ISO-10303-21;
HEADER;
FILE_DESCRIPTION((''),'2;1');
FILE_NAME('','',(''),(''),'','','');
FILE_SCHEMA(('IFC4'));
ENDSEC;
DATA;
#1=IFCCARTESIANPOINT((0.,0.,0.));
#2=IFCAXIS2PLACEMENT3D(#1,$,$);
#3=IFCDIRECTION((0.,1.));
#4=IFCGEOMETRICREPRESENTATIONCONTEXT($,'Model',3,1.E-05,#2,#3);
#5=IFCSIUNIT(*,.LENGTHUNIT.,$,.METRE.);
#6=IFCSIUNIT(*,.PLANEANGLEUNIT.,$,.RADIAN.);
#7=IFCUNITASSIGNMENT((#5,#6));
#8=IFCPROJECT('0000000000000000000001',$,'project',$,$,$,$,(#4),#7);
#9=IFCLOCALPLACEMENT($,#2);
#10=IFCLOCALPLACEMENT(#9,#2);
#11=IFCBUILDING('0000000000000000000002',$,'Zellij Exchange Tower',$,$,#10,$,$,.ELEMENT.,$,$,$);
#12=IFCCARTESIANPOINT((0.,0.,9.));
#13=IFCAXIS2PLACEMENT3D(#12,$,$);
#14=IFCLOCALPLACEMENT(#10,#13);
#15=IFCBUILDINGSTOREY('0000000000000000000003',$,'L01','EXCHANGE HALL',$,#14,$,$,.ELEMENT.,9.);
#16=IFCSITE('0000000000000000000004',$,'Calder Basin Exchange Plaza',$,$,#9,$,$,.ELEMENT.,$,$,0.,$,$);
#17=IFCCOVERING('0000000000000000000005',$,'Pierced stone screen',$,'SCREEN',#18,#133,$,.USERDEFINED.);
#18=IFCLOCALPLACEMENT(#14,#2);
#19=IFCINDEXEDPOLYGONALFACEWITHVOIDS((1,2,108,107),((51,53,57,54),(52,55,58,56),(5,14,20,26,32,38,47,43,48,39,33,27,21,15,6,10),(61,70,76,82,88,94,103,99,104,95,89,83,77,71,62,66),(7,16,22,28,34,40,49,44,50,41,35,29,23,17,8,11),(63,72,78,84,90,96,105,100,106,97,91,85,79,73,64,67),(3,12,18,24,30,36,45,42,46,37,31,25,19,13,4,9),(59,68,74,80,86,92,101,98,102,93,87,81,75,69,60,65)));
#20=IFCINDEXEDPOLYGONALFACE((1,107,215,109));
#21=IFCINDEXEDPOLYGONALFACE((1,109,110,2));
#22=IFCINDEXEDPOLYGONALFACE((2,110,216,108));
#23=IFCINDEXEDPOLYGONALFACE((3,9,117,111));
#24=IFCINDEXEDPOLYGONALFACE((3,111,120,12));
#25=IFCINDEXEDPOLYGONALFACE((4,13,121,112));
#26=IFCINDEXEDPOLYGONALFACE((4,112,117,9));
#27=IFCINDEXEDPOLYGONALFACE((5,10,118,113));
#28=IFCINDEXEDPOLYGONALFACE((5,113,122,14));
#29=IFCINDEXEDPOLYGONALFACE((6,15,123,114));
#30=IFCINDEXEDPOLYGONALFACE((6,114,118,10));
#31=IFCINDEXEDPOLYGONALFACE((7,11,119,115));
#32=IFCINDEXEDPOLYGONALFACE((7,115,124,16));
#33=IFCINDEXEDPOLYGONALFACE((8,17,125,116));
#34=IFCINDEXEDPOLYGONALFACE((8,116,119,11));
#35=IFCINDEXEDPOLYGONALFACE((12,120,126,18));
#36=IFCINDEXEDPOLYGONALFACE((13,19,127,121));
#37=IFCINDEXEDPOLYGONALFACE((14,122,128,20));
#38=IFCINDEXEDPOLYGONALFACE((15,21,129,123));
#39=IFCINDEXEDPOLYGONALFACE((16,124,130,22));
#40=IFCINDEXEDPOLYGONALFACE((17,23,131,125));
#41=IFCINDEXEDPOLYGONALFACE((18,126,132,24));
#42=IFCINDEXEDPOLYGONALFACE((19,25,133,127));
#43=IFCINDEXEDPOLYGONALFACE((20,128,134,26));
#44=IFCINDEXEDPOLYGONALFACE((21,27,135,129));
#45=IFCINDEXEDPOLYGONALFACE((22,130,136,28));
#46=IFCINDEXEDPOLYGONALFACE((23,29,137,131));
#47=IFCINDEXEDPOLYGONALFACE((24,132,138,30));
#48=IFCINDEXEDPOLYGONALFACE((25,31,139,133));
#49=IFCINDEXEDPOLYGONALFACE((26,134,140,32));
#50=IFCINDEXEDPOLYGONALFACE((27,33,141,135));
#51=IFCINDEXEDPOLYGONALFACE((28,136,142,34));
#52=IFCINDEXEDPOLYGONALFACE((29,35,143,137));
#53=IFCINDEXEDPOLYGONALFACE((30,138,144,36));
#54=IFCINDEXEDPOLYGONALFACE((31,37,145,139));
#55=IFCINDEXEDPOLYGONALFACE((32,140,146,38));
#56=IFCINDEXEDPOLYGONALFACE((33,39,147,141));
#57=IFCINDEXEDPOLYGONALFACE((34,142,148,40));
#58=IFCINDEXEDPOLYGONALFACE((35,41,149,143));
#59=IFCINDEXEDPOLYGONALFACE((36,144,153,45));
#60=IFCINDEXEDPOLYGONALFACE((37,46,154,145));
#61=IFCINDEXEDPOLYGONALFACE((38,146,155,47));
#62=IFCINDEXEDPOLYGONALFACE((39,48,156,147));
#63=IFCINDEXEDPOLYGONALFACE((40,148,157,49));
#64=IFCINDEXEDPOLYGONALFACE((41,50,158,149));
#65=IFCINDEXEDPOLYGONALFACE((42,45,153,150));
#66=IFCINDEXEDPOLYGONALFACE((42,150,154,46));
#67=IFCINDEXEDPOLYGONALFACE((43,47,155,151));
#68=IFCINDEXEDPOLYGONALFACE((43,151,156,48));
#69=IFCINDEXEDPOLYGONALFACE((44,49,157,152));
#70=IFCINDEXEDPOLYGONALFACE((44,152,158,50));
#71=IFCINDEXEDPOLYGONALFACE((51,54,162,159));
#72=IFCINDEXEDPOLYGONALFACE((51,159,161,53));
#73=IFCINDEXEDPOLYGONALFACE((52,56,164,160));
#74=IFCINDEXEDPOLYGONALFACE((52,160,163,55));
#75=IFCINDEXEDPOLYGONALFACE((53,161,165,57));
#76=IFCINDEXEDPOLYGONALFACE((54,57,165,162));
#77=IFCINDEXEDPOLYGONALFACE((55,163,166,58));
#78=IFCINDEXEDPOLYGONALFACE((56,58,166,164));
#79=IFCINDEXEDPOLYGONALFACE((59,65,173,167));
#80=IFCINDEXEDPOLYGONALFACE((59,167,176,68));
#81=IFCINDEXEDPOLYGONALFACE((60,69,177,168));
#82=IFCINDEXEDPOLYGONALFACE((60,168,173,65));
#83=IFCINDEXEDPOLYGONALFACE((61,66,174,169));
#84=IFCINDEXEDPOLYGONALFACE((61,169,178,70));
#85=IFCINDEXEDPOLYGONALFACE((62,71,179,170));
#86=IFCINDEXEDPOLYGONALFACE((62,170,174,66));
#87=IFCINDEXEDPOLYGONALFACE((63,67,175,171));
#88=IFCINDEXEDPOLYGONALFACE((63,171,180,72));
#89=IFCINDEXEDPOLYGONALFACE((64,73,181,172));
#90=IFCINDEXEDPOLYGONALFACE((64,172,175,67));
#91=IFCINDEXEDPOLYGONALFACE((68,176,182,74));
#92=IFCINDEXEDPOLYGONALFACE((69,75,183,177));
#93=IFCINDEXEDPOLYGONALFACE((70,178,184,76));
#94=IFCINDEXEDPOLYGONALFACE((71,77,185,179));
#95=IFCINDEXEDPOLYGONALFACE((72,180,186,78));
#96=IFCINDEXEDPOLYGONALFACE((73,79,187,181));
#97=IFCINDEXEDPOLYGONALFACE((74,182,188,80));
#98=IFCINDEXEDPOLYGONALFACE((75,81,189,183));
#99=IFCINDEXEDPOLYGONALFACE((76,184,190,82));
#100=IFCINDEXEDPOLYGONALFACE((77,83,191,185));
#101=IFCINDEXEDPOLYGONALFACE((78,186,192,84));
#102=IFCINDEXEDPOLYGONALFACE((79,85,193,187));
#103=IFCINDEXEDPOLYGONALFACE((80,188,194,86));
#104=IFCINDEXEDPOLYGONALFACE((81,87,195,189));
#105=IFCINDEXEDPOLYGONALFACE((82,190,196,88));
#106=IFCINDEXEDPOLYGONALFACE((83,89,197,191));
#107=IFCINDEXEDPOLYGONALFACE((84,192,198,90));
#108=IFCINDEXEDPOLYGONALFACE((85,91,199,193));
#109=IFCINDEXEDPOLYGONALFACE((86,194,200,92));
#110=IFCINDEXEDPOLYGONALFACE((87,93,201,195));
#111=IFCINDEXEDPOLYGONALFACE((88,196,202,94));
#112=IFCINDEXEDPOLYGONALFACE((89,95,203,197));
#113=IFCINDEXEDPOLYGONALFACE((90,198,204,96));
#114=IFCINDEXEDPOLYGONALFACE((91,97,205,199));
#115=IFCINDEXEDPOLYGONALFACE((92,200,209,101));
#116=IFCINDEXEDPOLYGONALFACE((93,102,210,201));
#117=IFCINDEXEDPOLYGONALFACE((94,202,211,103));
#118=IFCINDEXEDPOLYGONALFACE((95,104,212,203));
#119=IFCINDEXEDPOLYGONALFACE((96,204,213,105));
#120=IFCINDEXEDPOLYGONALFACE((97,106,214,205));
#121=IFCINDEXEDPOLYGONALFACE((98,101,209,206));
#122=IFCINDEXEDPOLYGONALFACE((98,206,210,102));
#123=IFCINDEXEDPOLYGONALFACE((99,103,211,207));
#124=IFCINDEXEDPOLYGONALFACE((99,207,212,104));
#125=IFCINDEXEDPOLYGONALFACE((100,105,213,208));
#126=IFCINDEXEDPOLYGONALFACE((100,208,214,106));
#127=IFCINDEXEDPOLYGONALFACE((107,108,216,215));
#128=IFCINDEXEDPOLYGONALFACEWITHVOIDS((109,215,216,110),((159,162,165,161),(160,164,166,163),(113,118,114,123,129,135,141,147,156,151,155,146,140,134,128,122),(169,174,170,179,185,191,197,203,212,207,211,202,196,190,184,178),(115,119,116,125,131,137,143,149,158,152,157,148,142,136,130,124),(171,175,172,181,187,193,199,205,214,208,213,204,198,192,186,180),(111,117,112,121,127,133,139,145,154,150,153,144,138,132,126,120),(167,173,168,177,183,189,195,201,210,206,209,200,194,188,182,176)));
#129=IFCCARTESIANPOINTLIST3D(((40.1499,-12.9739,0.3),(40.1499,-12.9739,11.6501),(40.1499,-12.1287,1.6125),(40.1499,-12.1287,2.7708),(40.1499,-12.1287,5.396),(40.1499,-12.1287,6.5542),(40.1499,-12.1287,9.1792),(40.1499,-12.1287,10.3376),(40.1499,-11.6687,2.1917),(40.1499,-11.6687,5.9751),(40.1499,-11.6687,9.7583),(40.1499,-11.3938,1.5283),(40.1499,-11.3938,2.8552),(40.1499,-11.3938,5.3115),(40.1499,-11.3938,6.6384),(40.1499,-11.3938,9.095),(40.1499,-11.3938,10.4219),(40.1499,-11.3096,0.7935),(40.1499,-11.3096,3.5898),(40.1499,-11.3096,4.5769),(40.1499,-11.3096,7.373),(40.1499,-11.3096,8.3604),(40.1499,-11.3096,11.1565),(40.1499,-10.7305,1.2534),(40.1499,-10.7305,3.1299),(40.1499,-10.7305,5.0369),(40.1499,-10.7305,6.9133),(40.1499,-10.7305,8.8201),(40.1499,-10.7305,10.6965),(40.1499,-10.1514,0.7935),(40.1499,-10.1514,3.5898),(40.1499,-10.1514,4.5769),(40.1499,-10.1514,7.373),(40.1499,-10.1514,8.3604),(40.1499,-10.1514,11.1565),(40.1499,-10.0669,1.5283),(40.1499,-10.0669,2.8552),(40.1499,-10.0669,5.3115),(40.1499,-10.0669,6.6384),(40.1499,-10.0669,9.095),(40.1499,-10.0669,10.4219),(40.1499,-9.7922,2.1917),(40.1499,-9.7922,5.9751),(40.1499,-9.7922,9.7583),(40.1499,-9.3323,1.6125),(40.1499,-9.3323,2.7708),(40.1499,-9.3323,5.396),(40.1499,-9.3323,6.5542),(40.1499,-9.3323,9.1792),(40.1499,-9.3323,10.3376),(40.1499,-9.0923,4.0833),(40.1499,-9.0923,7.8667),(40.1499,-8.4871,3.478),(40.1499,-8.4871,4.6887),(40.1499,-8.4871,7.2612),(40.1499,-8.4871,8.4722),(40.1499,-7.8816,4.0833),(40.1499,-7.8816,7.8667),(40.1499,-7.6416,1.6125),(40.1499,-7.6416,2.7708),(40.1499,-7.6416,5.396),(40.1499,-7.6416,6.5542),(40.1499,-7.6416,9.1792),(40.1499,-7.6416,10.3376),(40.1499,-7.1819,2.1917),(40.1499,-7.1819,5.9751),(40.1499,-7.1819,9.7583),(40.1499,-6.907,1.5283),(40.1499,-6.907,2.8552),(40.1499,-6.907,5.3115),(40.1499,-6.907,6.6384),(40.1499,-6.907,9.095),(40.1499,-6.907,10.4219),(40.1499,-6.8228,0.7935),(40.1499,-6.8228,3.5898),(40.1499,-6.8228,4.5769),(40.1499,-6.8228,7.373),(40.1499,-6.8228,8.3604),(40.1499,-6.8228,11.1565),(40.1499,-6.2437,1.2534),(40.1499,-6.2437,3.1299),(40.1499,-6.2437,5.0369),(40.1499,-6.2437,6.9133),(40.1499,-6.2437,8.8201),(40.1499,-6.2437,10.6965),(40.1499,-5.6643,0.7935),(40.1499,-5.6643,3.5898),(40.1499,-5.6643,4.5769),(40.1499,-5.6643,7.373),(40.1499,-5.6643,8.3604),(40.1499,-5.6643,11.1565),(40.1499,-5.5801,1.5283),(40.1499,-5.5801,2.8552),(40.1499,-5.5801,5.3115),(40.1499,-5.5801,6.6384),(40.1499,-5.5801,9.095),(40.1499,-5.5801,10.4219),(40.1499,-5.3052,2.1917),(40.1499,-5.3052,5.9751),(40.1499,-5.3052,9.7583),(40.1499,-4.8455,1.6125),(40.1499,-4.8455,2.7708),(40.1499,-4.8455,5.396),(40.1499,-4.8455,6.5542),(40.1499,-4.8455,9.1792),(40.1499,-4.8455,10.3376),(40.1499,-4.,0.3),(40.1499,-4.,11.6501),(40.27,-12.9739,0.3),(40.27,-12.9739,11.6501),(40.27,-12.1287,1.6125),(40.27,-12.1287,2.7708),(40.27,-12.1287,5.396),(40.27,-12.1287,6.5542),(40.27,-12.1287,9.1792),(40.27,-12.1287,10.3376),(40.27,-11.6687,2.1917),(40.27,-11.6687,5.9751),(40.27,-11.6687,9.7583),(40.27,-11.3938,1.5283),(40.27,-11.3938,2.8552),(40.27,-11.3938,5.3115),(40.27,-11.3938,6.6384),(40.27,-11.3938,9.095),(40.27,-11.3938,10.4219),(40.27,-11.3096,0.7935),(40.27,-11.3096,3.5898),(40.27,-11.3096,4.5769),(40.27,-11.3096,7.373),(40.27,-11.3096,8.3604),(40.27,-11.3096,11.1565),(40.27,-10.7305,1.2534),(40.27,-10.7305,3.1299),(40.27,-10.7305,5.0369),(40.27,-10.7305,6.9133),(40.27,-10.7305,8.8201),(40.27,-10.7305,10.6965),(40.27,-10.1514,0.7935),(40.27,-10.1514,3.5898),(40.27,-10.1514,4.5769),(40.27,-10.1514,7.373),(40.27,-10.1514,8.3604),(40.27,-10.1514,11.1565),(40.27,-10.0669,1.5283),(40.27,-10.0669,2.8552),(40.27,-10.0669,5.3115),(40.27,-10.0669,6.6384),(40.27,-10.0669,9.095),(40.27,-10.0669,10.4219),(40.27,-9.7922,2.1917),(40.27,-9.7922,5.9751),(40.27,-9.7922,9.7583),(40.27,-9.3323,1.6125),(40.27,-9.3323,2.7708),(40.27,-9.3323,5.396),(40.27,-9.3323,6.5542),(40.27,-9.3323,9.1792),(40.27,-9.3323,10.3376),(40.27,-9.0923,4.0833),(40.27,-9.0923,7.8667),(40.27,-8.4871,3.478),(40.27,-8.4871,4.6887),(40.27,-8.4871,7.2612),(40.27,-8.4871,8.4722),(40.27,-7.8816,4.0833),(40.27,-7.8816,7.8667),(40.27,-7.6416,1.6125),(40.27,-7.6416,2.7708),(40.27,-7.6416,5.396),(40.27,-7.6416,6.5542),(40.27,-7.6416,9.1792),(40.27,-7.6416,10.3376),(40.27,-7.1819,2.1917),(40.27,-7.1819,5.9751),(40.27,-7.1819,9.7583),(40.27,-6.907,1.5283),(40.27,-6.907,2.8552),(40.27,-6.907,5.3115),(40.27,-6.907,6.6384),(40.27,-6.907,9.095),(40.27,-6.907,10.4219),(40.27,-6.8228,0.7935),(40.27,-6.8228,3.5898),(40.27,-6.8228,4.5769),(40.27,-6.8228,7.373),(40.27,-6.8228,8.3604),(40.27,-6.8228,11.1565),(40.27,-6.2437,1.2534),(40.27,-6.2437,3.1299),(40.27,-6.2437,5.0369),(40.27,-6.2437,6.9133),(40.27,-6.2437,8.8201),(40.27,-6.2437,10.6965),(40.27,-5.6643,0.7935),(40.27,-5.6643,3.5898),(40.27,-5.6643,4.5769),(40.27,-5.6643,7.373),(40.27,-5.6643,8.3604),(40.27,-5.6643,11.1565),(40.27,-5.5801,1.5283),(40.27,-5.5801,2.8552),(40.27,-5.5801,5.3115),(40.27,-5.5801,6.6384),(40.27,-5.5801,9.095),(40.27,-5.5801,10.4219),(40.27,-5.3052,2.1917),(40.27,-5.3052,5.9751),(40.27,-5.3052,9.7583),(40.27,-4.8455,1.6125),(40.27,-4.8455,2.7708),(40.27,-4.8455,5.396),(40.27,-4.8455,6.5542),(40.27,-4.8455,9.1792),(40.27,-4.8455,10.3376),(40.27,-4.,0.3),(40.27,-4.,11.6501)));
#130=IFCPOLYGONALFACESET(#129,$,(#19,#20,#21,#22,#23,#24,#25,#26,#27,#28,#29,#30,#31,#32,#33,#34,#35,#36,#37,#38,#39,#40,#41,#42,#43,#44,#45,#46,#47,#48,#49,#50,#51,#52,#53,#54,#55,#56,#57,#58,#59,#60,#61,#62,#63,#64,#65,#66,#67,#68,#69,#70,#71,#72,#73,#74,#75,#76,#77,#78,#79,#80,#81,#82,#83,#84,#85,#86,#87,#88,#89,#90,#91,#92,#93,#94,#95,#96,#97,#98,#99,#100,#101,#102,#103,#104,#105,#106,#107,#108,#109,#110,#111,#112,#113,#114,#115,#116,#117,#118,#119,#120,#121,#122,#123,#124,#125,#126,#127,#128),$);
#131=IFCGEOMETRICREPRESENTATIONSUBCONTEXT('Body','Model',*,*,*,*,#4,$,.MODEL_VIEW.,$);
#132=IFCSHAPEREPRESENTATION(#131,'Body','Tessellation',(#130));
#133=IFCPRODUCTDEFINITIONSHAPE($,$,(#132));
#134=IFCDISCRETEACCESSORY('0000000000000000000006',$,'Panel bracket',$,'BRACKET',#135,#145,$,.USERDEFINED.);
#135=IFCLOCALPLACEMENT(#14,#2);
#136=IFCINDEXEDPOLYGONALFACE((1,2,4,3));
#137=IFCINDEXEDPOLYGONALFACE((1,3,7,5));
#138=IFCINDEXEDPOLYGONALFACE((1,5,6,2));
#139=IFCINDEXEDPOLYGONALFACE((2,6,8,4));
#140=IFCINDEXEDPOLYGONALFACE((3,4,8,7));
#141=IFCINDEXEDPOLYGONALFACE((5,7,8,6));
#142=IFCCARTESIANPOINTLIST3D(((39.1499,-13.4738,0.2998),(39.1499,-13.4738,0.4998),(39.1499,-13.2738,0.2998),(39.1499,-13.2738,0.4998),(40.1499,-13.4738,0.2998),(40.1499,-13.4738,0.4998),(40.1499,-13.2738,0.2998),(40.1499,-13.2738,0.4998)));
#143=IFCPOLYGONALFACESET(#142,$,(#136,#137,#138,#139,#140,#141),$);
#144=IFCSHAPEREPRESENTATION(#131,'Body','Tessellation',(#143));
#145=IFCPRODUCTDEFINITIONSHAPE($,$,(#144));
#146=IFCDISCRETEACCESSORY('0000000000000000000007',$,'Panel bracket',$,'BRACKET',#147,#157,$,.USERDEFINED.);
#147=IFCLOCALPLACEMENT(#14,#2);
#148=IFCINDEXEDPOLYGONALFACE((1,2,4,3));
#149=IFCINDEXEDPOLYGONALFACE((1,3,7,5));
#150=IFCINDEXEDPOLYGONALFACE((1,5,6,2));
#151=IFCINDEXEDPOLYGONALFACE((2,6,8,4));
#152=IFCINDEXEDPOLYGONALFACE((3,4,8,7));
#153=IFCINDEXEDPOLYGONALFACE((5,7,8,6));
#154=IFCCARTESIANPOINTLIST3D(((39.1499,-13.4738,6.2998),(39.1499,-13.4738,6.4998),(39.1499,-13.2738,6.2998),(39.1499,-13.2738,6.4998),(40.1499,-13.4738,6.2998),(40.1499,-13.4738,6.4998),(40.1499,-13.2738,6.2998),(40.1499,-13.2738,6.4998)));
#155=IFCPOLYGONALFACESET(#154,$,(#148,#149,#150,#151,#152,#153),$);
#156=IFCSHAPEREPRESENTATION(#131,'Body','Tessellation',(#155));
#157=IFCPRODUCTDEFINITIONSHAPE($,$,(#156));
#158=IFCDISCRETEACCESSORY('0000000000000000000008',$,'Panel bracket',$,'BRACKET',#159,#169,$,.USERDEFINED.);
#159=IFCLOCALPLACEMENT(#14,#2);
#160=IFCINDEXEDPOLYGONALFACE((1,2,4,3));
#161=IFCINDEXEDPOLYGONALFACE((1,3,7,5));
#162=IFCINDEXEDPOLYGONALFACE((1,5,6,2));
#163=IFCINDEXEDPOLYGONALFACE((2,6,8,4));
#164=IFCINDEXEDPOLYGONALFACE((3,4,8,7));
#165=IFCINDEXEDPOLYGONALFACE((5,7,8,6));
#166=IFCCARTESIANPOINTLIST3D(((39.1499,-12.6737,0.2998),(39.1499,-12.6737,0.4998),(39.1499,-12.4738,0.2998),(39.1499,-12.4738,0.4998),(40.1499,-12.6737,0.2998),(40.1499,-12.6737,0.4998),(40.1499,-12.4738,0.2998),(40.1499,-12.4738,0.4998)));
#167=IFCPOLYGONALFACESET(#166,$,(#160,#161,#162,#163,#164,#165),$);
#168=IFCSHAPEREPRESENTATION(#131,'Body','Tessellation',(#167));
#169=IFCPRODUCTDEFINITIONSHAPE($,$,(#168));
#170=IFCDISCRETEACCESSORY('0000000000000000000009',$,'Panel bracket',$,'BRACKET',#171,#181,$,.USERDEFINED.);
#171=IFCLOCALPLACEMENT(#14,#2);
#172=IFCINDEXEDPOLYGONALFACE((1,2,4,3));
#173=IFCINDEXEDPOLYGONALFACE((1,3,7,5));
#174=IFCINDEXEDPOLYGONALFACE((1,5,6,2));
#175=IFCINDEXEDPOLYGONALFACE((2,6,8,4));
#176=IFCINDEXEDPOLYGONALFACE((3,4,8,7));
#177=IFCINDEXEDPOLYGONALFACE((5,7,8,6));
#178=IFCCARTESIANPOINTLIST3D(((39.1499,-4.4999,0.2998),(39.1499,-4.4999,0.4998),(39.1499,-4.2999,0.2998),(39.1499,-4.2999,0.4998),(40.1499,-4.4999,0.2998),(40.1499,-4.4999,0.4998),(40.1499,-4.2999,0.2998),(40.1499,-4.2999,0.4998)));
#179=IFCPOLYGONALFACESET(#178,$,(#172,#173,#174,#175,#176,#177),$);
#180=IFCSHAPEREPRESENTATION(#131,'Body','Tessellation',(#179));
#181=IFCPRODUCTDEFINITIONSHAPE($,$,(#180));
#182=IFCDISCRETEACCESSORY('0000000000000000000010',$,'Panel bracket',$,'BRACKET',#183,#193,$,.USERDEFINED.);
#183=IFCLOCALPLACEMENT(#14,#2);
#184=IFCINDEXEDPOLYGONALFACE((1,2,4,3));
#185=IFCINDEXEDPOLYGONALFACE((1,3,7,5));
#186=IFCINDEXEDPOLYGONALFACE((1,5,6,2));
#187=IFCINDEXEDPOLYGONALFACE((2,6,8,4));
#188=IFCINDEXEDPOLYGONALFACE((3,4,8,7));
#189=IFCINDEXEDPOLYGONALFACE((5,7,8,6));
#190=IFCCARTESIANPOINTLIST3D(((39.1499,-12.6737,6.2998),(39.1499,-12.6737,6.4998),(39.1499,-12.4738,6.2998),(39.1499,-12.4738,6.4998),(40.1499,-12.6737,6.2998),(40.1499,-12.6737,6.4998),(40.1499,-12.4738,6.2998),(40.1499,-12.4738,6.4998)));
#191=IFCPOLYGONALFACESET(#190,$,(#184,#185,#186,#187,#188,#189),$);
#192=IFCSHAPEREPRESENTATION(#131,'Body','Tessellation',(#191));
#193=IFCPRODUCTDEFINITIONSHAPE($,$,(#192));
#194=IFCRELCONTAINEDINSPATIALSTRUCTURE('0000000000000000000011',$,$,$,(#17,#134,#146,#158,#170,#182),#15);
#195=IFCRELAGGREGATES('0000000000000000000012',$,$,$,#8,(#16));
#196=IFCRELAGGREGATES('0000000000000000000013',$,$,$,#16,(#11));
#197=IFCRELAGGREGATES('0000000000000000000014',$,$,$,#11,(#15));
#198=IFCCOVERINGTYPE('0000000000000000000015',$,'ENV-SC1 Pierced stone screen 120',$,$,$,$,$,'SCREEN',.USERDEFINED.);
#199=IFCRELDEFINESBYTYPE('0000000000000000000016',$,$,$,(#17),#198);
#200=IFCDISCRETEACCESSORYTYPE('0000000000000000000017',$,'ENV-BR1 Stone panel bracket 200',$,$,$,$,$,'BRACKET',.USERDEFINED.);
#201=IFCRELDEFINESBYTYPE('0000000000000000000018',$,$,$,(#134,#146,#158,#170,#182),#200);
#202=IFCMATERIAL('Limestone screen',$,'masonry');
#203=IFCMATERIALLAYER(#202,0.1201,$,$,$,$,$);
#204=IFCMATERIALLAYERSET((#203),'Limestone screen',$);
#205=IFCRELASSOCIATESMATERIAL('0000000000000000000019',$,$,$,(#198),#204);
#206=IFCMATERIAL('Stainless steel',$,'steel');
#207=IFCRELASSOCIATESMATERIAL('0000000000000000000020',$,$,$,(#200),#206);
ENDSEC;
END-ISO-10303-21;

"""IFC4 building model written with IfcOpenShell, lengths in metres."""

from ifc_helpers import new_model, si_unit, direction, frame, origin, origin_2d, place, context, subcontext, project, spatial, polyline, rectangle, outline, extrude, material, layer, layer_set, type_object, element, save


model = new_model("IFC4")

# Units and contexts
model_context = context("Model", 3, precision=1e-05, world=origin(), true_north=direction((0.0, 1.0)))
body_context = subcontext(model_context, "Body", "Model", "MODEL_VIEW")
ifc_project = project(units=[si_unit("LENGTHUNIT", "METRE"), si_unit("PLANEANGLEUNIT", "RADIAN")], contexts=[model_context])

# Site, building, storey
site_placement = place(None, origin())
site = spatial("IfcSite", under=ifc_project, at=site_placement, Name="Calder Basin Exchange Plaza", CompositionType="ELEMENT", RefElevation=0.0)
building_placement = place(site_placement, origin())
building = spatial("IfcBuilding", under=site, at=building_placement, Name="Zellij Exchange Tower", CompositionType="ELEMENT")
storey_placement = place(building_placement, frame((0.0, 0.0, 9.0)))
storey = spatial("IfcBuildingStorey", under=building, at=storey_placement, Name="L01", Description="EXCHANGE HALL", CompositionType="ELEMENT", Elevation=9.0)

# Shared definitions
ifc_material_1 = material(Name="Stainless steel", Category="steel")

# Covering
ifc_material_2 = material(Name="Limestone screen", Category="masonry")
ifc_layer_1 = layer(ifc_material_2, 0.1201)
ifc_layer_set_1 = layer_set([ifc_layer_1], Name="Limestone screen")
covering_type = type_object("IfcCoveringType", Name="ENV-SC1 Pierced stone screen 120", ElementType="SCREEN", PredefinedType="USERDEFINED", material=ifc_layer_set_1)
covering_placement = place(storey_placement, frame((40.21, -12.9739, 0.3), z_axis=(0.0, 0.0, 1.0), x_axis=(0.0, 1.0, 0.0)))
element("IfcCovering", 1, at=covering_placement, inside=storey, type_object=covering_type, Name="Pierced stone screen", ObjectType="SCREEN", PredefinedType="USERDEFINED", context=body_context, shape_type="SweptSolid", body=[
    extrude(outline(polyline([(0.0, 0.0), (8.9739, 0.0), (8.9739, 11.3501), (0.0, 11.3501), (0.0, 0.0)]), holes=[polyline([(3.6416, 2.4707), (2.907, 2.5552), (2.8225, 3.2898), (2.2434, 2.8298), (1.6643, 3.2898), (1.5801, 2.5552), (0.8452, 2.4707), (1.3052, 1.8916), (0.8452, 1.3125), (1.5801, 1.2283), (1.6643, 0.4934), (2.2434, 0.9534), (2.8225, 0.4934), (2.907, 1.2283), (3.6416, 1.3125), (3.1816, 1.8916), (3.6416, 2.4707)]), polyline([(3.6416, 6.2542), (2.907, 6.3384), (2.8225, 7.073), (2.2434, 6.6133), (1.6643, 7.073), (1.5801, 6.3384), (0.8452, 6.2542), (1.3052, 5.675), (0.8452, 5.0959), (1.5801, 5.0115), (1.6643, 4.2769), (2.2434, 4.7368), (2.8225, 4.2769), (2.907, 5.0115), (3.6416, 5.0959), (3.1816, 5.675), (3.6416, 6.2542)]), polyline([(3.6416, 10.0376), (2.907, 10.1218), (2.8225, 10.8564), (2.2434, 10.3965), (1.6643, 10.8564), (1.5801, 10.1218), (0.8452, 10.0376), (1.3052, 9.4583), (0.8452, 8.8792), (1.5801, 8.7949), (1.6643, 8.0603), (2.2434, 8.52), (2.8225, 8.0603), (2.907, 8.7949), (3.6416, 8.8792), (3.1816, 9.4583), (3.6416, 10.0376)]), polyline([(8.1284, 2.4707), (7.3938, 2.5552), (7.3096, 3.2898), (6.7302, 2.8298), (6.1511, 3.2898), (6.0669, 2.5552), (5.3323, 2.4707), (5.792, 1.8916), (5.3323, 1.3125), (6.0669, 1.2283), (6.1511, 0.4934), (6.7302, 0.9534), (7.3096, 0.4934), (7.3938, 1.2283), (8.1284, 1.3125), (7.6687, 1.8916), (8.1284, 2.4707)]), polyline([(8.1284, 6.2542), (7.3938, 6.3384), (7.3096, 7.073), (6.7302, 6.6133), (6.1511, 7.073), (6.0669, 6.3384), (5.3323, 6.2542), (5.792, 5.675), (5.3323, 5.0959), (6.0669, 5.0115), (6.1511, 4.2769), (6.7302, 4.7368), (7.3096, 4.2769), (7.3938, 5.0115), (8.1284, 5.0959), (7.6687, 5.675), (8.1284, 6.2542)]), polyline([(8.1284, 10.0376), (7.3938, 10.1218), (7.3096, 10.8564), (6.7302, 10.3965), (6.1511, 10.8564), (6.0669, 10.1218), (5.3323, 10.0376), (5.792, 9.4583), (5.3323, 8.8792), (6.0669, 8.7949), (6.1511, 8.0603), (6.7302, 8.52), (7.3096, 8.0603), (7.3938, 8.7949), (8.1284, 8.8792), (7.6687, 9.4583), (8.1284, 10.0376)]), polyline([(5.0923, 3.7832), (4.4868, 4.3887), (3.8816, 3.7832), (4.4868, 3.178), (5.0923, 3.7832)]), polyline([(5.0923, 7.5667), (4.4868, 8.1721), (3.8816, 7.5667), (4.4868, 6.9612), (5.0923, 7.5667)])]), frame((0.0, 0.0601, 0.0), z_axis=(0.0, -1.0, 0.0), x_axis=(1.0, 0.0, 0.0)), (0.0, 0.0, 1.0), 0.1201),
])

# Discrete accessories
discrete_accessory_type = type_object("IfcDiscreteAccessoryType", Name="ENV-BR1 Stone panel bracket 200", ElementType="BRACKET", PredefinedType="USERDEFINED", material=ifc_material_1)
for number, where, z_axis, x_axis, name in (
    (2, (39.6499, -13.3738, 0.2998), (0.0, 0.0, 1.0), (0.0, 1.0, 0.0), "Panel bracket"),
    (3, (39.6499, -13.3738, 6.2998), (0.0, 0.0, 1.0), (0.0, 1.0, 0.0), "Panel bracket"),
    (4, (39.6499, -12.5737, 0.2998), (0.0, 0.0, 1.0), (0.0, 1.0, 0.0), "Panel bracket"),
    (5, (39.6499, -4.3999, 0.2998), (0.0, 0.0, 1.0), (0.0, 1.0, 0.0), "Panel bracket"),
    (6, (39.6499, -12.5737, 6.2998), (0.0, 0.0, 1.0), (0.0, 1.0, 0.0), "Panel bracket"),
):
    element("IfcDiscreteAccessory", number, at=place(storey_placement, frame(where, z_axis=z_axis, x_axis=x_axis)), inside=storey, type_object=discrete_accessory_type, Name=name, ObjectType="BRACKET", PredefinedType="USERDEFINED", context=body_context, shape_type="SweptSolid", body=[
        extrude(rectangle(XDim=0.2, YDim=1.0, at=origin_2d()), origin(), (0.0, 0.0, 1.0), 0.2),
    ])

save(model, "model.ifc")
